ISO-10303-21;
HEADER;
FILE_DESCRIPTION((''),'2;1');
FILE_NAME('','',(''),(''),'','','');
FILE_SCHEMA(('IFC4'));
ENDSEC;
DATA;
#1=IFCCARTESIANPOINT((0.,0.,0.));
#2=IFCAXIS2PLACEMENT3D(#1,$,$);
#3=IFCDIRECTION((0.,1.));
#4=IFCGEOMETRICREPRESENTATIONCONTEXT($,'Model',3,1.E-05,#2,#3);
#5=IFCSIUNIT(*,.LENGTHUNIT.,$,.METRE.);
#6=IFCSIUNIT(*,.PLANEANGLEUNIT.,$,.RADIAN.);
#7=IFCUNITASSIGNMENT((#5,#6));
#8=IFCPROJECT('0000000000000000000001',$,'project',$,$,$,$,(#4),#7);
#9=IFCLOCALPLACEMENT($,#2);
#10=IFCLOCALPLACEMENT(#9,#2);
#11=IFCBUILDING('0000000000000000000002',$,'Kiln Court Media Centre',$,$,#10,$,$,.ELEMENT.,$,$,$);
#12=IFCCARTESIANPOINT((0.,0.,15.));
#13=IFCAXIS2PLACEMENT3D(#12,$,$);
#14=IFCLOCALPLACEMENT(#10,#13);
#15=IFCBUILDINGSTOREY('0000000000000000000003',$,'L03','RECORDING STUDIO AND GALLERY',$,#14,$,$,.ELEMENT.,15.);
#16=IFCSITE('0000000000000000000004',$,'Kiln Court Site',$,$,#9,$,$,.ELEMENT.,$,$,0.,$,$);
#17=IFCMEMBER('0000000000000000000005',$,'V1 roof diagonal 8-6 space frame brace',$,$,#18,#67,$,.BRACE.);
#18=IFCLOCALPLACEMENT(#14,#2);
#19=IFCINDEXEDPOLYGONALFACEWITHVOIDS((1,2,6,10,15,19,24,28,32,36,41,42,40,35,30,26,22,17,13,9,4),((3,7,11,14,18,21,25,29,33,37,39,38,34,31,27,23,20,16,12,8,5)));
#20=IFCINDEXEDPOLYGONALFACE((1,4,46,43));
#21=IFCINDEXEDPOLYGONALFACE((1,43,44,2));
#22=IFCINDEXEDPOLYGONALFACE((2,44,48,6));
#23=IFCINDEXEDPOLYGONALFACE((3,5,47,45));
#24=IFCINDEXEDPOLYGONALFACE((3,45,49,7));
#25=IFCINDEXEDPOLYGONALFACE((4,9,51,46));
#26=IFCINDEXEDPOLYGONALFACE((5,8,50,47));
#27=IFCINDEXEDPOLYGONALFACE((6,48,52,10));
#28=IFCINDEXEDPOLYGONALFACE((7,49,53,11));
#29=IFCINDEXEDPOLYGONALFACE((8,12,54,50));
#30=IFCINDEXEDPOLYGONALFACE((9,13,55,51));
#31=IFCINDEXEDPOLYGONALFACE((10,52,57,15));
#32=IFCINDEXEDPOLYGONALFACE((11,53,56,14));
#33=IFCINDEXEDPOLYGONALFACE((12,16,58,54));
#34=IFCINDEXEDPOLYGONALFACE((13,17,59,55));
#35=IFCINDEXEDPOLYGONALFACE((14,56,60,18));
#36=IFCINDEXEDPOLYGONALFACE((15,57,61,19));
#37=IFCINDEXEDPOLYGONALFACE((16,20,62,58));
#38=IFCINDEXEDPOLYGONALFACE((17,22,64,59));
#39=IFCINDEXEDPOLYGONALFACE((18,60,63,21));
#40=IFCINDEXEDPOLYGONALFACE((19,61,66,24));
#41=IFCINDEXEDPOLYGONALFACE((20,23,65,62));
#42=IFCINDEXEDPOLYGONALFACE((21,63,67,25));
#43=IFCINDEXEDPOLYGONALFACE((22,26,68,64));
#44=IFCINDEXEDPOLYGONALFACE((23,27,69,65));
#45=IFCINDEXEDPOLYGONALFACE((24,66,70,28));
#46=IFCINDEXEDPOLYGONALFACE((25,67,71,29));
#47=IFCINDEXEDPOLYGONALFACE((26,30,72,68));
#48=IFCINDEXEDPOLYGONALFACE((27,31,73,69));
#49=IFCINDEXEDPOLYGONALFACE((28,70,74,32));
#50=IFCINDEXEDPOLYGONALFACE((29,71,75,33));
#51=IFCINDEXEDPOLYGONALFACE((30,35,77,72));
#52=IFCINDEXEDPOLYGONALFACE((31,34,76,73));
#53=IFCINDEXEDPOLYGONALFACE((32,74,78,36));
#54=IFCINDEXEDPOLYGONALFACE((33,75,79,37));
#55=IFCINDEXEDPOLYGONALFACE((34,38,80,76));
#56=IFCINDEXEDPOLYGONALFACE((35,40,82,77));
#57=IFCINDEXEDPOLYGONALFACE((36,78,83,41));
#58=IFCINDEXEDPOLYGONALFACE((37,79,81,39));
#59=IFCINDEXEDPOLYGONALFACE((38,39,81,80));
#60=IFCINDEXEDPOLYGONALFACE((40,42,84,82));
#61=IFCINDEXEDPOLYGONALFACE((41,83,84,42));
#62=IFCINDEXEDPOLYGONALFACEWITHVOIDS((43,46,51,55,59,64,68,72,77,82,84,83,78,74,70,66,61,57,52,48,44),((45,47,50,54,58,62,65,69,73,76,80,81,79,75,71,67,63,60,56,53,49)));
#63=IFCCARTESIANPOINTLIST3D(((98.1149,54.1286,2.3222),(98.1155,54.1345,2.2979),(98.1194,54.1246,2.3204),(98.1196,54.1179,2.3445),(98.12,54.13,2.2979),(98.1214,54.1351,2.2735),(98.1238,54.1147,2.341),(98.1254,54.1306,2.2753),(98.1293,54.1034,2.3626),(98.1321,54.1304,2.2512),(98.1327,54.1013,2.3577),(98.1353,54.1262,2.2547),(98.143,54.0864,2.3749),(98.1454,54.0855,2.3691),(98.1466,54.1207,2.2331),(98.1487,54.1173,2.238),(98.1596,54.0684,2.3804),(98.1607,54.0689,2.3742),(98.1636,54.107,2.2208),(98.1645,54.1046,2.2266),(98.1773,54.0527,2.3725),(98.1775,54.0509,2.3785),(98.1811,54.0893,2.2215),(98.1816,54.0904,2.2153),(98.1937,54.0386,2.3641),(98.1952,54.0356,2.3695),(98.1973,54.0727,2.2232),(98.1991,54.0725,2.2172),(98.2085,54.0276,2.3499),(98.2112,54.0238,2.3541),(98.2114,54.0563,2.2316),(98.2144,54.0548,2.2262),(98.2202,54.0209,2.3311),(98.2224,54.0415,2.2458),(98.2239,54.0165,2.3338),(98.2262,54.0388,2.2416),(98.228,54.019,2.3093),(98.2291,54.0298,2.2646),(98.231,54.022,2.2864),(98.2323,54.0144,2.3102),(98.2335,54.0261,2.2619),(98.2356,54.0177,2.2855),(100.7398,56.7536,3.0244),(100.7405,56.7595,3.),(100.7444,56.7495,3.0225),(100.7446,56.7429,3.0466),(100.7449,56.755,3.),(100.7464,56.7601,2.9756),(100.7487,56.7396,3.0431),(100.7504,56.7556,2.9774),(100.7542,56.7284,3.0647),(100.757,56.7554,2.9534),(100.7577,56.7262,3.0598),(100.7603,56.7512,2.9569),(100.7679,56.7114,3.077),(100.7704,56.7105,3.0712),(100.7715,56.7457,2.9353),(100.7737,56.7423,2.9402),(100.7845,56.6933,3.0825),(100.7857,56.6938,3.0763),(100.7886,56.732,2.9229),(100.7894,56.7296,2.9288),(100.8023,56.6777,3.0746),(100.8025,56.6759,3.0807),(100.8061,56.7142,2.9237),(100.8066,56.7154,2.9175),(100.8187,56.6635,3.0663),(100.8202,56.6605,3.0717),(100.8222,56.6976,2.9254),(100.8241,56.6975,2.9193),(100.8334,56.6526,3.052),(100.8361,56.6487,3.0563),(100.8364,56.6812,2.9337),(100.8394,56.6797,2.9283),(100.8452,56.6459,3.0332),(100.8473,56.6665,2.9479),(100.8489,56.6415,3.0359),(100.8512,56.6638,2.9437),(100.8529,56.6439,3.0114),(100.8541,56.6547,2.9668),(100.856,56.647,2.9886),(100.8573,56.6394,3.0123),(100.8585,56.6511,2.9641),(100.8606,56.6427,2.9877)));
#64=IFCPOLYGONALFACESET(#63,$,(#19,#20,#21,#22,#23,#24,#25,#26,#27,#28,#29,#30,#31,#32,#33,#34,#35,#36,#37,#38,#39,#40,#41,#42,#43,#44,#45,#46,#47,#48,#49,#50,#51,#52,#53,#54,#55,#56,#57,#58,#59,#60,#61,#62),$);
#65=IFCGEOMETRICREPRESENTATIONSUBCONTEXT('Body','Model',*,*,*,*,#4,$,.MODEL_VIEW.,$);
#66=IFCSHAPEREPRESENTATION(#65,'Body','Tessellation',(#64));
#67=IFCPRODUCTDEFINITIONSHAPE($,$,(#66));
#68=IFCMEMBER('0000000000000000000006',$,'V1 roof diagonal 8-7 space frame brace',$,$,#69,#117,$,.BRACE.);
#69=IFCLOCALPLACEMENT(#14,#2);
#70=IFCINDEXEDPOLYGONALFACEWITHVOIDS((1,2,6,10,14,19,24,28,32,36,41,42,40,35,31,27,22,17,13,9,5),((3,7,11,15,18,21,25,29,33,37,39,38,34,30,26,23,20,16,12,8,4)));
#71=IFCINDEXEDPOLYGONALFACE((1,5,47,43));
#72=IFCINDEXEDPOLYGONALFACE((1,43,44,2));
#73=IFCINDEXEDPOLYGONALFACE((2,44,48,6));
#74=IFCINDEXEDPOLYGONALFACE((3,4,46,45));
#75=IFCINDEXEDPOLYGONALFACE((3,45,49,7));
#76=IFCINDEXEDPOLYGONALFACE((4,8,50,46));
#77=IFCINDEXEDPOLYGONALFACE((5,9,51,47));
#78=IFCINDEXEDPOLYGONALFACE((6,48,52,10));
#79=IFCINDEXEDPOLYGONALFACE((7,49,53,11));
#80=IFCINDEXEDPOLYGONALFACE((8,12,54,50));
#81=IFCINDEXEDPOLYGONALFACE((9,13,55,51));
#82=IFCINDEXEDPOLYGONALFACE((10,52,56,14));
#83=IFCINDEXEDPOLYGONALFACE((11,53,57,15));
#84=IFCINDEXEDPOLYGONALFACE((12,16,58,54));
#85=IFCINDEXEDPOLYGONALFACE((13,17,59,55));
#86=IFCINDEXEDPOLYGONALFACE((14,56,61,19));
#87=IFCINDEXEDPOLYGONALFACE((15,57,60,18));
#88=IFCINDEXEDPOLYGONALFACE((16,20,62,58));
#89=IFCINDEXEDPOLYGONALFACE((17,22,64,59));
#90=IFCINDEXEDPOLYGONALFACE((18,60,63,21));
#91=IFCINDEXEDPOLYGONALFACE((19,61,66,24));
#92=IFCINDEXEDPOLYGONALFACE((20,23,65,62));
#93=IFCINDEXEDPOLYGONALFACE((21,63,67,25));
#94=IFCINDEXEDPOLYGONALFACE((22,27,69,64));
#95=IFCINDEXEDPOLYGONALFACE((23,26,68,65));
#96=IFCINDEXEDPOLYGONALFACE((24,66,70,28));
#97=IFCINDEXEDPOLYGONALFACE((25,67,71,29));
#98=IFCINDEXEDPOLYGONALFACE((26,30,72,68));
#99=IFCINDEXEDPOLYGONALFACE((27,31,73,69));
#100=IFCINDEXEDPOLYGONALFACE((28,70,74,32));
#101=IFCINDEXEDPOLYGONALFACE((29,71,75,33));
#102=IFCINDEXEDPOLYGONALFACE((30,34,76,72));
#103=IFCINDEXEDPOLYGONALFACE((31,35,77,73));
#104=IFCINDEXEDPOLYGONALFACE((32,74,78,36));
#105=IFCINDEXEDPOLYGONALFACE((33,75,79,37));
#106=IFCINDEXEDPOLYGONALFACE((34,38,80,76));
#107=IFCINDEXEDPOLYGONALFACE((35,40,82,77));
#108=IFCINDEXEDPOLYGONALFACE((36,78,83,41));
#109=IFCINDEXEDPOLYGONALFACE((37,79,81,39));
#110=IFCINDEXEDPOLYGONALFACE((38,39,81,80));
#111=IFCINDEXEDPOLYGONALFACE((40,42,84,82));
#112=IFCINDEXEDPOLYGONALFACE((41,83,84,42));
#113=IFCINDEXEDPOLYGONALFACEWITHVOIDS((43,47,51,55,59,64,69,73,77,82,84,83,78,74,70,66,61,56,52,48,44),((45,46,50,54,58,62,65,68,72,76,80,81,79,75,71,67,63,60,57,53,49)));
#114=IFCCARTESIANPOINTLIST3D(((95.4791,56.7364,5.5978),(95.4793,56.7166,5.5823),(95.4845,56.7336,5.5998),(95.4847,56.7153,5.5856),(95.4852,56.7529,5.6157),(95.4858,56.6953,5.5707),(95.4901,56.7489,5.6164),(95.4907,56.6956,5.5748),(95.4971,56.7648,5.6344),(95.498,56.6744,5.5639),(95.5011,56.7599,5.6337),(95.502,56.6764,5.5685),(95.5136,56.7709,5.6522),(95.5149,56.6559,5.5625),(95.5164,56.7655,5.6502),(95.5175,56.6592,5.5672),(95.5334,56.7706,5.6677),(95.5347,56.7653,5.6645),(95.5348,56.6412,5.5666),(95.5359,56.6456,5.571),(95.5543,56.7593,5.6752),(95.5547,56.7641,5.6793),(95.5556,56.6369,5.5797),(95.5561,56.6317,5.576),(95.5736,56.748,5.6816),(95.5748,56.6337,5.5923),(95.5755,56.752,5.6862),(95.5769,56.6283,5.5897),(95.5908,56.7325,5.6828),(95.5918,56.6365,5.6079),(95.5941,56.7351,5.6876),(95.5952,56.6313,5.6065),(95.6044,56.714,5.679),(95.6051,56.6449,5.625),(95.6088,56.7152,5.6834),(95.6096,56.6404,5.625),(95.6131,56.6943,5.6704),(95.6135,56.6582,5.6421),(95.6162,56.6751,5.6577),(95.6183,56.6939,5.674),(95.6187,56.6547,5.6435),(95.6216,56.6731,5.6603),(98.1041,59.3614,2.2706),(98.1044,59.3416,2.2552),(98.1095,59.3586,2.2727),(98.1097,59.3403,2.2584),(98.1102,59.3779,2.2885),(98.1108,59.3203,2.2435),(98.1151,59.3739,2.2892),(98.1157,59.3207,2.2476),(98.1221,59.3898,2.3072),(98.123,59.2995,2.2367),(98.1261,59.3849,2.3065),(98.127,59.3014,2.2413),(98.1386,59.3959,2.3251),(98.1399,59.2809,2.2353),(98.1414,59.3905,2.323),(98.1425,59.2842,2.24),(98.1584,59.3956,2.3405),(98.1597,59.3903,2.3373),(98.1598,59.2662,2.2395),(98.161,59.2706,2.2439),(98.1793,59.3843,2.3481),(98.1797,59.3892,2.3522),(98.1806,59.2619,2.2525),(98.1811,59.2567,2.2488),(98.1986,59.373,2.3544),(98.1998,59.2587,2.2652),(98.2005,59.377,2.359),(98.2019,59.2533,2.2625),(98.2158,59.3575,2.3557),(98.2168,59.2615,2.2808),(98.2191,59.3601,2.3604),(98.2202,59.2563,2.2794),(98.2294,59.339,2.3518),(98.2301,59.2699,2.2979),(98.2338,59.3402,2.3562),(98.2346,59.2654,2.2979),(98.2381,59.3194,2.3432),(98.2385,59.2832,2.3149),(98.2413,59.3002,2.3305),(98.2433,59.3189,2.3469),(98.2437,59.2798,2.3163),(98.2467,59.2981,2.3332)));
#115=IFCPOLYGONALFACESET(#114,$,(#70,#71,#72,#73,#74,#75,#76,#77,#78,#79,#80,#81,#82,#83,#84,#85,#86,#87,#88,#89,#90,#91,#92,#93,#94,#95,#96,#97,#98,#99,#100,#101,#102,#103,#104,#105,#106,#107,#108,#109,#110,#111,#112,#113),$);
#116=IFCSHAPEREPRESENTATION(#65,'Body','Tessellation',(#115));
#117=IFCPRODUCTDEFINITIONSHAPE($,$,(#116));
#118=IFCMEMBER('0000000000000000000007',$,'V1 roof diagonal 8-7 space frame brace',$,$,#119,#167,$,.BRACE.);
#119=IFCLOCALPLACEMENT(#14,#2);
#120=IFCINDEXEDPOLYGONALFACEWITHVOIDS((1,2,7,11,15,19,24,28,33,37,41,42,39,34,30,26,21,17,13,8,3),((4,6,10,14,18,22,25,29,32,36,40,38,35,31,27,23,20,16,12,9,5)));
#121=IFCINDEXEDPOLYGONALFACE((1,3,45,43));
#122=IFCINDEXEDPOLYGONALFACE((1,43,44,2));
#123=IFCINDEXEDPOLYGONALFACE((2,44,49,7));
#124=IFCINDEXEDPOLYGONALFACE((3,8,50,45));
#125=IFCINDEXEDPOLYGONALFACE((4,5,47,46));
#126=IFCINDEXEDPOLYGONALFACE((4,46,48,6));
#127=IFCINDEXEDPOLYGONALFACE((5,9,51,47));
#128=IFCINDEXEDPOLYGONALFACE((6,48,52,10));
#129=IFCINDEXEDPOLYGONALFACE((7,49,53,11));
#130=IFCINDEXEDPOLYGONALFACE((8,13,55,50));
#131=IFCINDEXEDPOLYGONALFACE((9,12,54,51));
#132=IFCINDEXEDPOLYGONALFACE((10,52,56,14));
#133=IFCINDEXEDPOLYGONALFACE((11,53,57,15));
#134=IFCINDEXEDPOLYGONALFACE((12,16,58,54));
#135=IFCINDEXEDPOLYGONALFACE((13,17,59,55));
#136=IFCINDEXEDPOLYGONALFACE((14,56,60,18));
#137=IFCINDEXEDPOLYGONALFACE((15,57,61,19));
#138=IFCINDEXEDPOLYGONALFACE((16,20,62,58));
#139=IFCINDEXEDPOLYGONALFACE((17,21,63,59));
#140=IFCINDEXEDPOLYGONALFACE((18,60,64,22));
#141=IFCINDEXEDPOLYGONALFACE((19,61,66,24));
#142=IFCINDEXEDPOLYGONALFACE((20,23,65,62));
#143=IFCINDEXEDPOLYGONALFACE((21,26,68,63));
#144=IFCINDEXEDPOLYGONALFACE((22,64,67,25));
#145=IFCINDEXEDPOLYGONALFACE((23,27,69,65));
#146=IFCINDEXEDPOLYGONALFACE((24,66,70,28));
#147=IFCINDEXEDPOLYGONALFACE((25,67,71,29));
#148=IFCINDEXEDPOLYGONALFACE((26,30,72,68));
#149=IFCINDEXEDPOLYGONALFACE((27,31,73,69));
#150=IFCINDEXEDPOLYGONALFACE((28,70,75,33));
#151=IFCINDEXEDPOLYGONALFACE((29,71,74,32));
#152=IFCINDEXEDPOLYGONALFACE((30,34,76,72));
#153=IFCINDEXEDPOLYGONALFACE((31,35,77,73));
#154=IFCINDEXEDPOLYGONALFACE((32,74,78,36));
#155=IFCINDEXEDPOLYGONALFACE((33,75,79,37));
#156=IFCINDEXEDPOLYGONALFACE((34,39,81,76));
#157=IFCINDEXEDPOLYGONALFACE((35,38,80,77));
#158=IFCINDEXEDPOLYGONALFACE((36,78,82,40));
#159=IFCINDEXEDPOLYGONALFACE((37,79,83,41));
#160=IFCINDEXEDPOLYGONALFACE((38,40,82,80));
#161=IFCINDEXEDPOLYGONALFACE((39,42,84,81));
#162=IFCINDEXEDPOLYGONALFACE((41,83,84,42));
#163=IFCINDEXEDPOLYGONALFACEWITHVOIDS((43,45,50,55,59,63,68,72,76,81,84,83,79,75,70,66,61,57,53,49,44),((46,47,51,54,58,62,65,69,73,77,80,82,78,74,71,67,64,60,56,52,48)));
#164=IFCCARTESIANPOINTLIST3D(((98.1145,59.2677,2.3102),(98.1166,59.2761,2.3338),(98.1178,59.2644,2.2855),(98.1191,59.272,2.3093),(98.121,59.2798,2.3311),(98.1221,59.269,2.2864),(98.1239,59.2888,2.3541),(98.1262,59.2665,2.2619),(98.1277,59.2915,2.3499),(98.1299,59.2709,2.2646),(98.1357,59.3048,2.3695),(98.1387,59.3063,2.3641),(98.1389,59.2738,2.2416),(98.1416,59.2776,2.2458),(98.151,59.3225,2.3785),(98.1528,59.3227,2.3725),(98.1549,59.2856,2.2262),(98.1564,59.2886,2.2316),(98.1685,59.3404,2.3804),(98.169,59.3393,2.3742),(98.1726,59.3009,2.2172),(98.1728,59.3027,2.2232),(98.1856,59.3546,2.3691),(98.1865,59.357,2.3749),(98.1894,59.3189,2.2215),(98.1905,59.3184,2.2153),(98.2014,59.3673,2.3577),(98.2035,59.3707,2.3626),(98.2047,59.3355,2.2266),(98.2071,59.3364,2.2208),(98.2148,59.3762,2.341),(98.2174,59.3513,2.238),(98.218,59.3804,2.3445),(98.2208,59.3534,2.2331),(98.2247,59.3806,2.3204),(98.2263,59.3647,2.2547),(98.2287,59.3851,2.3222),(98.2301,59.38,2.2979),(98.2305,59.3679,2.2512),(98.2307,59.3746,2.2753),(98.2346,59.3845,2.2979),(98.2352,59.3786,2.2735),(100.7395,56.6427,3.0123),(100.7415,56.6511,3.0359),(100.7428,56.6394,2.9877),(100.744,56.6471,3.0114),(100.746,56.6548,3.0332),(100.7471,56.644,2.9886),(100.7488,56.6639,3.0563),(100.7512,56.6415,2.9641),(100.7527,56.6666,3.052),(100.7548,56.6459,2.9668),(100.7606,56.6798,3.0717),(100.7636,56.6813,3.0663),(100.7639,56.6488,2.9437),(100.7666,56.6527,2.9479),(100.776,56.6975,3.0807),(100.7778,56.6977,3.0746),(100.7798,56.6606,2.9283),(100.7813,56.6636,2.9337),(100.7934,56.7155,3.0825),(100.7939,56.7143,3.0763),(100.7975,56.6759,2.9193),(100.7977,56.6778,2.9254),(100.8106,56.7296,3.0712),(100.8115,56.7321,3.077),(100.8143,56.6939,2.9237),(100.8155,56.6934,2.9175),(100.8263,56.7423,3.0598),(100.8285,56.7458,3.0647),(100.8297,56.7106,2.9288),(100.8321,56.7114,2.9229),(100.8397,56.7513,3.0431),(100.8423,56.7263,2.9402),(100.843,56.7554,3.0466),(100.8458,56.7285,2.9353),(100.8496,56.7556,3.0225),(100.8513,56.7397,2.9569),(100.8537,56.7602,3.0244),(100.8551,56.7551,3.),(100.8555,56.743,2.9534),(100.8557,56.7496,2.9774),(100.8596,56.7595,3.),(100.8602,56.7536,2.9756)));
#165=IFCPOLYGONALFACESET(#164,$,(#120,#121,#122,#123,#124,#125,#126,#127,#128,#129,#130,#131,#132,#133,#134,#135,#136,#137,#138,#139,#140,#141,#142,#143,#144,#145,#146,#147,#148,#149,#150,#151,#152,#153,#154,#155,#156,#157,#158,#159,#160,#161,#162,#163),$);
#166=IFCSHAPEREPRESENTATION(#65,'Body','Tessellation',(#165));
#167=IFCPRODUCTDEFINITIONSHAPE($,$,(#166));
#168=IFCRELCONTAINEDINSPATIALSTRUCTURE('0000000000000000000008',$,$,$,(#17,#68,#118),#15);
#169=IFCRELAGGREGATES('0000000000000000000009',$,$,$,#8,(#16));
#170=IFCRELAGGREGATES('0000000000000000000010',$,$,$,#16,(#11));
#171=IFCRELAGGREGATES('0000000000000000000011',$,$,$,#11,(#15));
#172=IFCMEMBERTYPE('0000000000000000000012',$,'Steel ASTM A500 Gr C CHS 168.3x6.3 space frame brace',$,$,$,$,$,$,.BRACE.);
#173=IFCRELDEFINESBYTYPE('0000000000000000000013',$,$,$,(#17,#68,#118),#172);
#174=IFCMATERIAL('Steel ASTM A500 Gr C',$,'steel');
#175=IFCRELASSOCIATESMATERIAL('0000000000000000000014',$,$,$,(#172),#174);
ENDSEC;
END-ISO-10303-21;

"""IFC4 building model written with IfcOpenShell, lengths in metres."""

from ifc_helpers import new_model, si_unit, direction, frame, origin, origin_2d, place, context, subcontext, project, spatial, hollow_circle, extrude, material, material_profile, profile_set, type_object, element, save


model = new_model("IFC4")

# Units and contexts
model_context = context("Model", 3, precision=1e-05, world=origin(), true_north=direction((0.0, 1.0)))
body_context = subcontext(model_context, "Body", "Model", "MODEL_VIEW")
ifc_project = project(units=[si_unit("LENGTHUNIT", "METRE"), si_unit("PLANEANGLEUNIT", "RADIAN")], contexts=[model_context])

# Site, building, storey
site_placement = place(None, origin())
site = spatial("IfcSite", under=ifc_project, at=site_placement, Name="Kiln Court Site", CompositionType="ELEMENT", RefElevation=0.0)
building_placement = place(site_placement, origin())
building = spatial("IfcBuilding", under=site, at=building_placement, Name="Kiln Court Media Centre", CompositionType="ELEMENT")
storey_placement = place(building_placement, frame((0.0, 0.0, 15.0)))
storey = spatial("IfcBuildingStorey", under=building, at=storey_placement, Name="L03", Description="RECORDING STUDIO AND GALLERY", CompositionType="ELEMENT", Elevation=15.0)

# Members
ifc_material_1 = material(Name="Steel ASTM A500 Gr C", Category="steel")
ifc_material_profile_1 = material_profile(ifc_material_1, hollow_circle(Radius=0.0842, WallThickness=0.0063, at=origin_2d()), Name="CHS 168.3x6.3")
ifc_profile_set_1 = profile_set([ifc_material_profile_1], Name="Steel ASTM A500 Gr C")
member_type_1 = type_object("IfcMemberType", Name="Steel ASTM A500 Gr C CHS 168.3x6.3 space frame brace", PredefinedType="BRACE", material=ifc_profile_set_1)
member_1_placement = place(storey_placement, frame((98.175, 54.075, 2.2979), z_axis=(0.694788, 0.694788, 0.185846), x_axis=(-0.707107, 0.707107, 0.0)))
element("IfcMember", 1, at=member_1_placement, inside=storey, type_object=member_type_1, Name="V1 roof diagonal 8-6 space frame brace", PredefinedType="BRACE", context=body_context, shape_type="SweptSolid", body=[
    extrude(hollow_circle(Radius=0.0842, WallThickness=0.0063, at=origin_2d()), origin(), (0.0, 0.0, 1.0), 3.7781),
])
member_2_placement = place(storey_placement, frame((98.175, 59.325, 2.2979), z_axis=(-0.52657, -0.52657, 0.667419), x_axis=(0.707107, -0.707107, 0.0)))
element("IfcMember", 2, at=member_2_placement, inside=storey, type_object=member_type_1, Name="V1 roof diagonal 8-7 space frame brace", PredefinedType="BRACE", context=body_context, shape_type="SweptSolid", body=[
    extrude(hollow_circle(Radius=0.0842, WallThickness=0.0063, at=origin_2d()), origin(), (0.0, 0.0, 1.0), 4.9851),
])
member_3_placement = place(storey_placement, frame((98.175, 59.325, 2.2979), z_axis=(0.694788, -0.694788, 0.185846), x_axis=(0.707107, 0.707107, 0.0)))
element("IfcMember", 3, at=member_3_placement, inside=storey, type_object=member_type_1, Name="V1 roof diagonal 8-7 space frame brace", PredefinedType="BRACE", context=body_context, shape_type="SweptSolid", body=[
    extrude(hollow_circle(Radius=0.0842, WallThickness=0.0063, at=origin_2d()), origin(), (0.0, 0.0, 1.0), 3.7781),
])

save(model, "model.ifc")
